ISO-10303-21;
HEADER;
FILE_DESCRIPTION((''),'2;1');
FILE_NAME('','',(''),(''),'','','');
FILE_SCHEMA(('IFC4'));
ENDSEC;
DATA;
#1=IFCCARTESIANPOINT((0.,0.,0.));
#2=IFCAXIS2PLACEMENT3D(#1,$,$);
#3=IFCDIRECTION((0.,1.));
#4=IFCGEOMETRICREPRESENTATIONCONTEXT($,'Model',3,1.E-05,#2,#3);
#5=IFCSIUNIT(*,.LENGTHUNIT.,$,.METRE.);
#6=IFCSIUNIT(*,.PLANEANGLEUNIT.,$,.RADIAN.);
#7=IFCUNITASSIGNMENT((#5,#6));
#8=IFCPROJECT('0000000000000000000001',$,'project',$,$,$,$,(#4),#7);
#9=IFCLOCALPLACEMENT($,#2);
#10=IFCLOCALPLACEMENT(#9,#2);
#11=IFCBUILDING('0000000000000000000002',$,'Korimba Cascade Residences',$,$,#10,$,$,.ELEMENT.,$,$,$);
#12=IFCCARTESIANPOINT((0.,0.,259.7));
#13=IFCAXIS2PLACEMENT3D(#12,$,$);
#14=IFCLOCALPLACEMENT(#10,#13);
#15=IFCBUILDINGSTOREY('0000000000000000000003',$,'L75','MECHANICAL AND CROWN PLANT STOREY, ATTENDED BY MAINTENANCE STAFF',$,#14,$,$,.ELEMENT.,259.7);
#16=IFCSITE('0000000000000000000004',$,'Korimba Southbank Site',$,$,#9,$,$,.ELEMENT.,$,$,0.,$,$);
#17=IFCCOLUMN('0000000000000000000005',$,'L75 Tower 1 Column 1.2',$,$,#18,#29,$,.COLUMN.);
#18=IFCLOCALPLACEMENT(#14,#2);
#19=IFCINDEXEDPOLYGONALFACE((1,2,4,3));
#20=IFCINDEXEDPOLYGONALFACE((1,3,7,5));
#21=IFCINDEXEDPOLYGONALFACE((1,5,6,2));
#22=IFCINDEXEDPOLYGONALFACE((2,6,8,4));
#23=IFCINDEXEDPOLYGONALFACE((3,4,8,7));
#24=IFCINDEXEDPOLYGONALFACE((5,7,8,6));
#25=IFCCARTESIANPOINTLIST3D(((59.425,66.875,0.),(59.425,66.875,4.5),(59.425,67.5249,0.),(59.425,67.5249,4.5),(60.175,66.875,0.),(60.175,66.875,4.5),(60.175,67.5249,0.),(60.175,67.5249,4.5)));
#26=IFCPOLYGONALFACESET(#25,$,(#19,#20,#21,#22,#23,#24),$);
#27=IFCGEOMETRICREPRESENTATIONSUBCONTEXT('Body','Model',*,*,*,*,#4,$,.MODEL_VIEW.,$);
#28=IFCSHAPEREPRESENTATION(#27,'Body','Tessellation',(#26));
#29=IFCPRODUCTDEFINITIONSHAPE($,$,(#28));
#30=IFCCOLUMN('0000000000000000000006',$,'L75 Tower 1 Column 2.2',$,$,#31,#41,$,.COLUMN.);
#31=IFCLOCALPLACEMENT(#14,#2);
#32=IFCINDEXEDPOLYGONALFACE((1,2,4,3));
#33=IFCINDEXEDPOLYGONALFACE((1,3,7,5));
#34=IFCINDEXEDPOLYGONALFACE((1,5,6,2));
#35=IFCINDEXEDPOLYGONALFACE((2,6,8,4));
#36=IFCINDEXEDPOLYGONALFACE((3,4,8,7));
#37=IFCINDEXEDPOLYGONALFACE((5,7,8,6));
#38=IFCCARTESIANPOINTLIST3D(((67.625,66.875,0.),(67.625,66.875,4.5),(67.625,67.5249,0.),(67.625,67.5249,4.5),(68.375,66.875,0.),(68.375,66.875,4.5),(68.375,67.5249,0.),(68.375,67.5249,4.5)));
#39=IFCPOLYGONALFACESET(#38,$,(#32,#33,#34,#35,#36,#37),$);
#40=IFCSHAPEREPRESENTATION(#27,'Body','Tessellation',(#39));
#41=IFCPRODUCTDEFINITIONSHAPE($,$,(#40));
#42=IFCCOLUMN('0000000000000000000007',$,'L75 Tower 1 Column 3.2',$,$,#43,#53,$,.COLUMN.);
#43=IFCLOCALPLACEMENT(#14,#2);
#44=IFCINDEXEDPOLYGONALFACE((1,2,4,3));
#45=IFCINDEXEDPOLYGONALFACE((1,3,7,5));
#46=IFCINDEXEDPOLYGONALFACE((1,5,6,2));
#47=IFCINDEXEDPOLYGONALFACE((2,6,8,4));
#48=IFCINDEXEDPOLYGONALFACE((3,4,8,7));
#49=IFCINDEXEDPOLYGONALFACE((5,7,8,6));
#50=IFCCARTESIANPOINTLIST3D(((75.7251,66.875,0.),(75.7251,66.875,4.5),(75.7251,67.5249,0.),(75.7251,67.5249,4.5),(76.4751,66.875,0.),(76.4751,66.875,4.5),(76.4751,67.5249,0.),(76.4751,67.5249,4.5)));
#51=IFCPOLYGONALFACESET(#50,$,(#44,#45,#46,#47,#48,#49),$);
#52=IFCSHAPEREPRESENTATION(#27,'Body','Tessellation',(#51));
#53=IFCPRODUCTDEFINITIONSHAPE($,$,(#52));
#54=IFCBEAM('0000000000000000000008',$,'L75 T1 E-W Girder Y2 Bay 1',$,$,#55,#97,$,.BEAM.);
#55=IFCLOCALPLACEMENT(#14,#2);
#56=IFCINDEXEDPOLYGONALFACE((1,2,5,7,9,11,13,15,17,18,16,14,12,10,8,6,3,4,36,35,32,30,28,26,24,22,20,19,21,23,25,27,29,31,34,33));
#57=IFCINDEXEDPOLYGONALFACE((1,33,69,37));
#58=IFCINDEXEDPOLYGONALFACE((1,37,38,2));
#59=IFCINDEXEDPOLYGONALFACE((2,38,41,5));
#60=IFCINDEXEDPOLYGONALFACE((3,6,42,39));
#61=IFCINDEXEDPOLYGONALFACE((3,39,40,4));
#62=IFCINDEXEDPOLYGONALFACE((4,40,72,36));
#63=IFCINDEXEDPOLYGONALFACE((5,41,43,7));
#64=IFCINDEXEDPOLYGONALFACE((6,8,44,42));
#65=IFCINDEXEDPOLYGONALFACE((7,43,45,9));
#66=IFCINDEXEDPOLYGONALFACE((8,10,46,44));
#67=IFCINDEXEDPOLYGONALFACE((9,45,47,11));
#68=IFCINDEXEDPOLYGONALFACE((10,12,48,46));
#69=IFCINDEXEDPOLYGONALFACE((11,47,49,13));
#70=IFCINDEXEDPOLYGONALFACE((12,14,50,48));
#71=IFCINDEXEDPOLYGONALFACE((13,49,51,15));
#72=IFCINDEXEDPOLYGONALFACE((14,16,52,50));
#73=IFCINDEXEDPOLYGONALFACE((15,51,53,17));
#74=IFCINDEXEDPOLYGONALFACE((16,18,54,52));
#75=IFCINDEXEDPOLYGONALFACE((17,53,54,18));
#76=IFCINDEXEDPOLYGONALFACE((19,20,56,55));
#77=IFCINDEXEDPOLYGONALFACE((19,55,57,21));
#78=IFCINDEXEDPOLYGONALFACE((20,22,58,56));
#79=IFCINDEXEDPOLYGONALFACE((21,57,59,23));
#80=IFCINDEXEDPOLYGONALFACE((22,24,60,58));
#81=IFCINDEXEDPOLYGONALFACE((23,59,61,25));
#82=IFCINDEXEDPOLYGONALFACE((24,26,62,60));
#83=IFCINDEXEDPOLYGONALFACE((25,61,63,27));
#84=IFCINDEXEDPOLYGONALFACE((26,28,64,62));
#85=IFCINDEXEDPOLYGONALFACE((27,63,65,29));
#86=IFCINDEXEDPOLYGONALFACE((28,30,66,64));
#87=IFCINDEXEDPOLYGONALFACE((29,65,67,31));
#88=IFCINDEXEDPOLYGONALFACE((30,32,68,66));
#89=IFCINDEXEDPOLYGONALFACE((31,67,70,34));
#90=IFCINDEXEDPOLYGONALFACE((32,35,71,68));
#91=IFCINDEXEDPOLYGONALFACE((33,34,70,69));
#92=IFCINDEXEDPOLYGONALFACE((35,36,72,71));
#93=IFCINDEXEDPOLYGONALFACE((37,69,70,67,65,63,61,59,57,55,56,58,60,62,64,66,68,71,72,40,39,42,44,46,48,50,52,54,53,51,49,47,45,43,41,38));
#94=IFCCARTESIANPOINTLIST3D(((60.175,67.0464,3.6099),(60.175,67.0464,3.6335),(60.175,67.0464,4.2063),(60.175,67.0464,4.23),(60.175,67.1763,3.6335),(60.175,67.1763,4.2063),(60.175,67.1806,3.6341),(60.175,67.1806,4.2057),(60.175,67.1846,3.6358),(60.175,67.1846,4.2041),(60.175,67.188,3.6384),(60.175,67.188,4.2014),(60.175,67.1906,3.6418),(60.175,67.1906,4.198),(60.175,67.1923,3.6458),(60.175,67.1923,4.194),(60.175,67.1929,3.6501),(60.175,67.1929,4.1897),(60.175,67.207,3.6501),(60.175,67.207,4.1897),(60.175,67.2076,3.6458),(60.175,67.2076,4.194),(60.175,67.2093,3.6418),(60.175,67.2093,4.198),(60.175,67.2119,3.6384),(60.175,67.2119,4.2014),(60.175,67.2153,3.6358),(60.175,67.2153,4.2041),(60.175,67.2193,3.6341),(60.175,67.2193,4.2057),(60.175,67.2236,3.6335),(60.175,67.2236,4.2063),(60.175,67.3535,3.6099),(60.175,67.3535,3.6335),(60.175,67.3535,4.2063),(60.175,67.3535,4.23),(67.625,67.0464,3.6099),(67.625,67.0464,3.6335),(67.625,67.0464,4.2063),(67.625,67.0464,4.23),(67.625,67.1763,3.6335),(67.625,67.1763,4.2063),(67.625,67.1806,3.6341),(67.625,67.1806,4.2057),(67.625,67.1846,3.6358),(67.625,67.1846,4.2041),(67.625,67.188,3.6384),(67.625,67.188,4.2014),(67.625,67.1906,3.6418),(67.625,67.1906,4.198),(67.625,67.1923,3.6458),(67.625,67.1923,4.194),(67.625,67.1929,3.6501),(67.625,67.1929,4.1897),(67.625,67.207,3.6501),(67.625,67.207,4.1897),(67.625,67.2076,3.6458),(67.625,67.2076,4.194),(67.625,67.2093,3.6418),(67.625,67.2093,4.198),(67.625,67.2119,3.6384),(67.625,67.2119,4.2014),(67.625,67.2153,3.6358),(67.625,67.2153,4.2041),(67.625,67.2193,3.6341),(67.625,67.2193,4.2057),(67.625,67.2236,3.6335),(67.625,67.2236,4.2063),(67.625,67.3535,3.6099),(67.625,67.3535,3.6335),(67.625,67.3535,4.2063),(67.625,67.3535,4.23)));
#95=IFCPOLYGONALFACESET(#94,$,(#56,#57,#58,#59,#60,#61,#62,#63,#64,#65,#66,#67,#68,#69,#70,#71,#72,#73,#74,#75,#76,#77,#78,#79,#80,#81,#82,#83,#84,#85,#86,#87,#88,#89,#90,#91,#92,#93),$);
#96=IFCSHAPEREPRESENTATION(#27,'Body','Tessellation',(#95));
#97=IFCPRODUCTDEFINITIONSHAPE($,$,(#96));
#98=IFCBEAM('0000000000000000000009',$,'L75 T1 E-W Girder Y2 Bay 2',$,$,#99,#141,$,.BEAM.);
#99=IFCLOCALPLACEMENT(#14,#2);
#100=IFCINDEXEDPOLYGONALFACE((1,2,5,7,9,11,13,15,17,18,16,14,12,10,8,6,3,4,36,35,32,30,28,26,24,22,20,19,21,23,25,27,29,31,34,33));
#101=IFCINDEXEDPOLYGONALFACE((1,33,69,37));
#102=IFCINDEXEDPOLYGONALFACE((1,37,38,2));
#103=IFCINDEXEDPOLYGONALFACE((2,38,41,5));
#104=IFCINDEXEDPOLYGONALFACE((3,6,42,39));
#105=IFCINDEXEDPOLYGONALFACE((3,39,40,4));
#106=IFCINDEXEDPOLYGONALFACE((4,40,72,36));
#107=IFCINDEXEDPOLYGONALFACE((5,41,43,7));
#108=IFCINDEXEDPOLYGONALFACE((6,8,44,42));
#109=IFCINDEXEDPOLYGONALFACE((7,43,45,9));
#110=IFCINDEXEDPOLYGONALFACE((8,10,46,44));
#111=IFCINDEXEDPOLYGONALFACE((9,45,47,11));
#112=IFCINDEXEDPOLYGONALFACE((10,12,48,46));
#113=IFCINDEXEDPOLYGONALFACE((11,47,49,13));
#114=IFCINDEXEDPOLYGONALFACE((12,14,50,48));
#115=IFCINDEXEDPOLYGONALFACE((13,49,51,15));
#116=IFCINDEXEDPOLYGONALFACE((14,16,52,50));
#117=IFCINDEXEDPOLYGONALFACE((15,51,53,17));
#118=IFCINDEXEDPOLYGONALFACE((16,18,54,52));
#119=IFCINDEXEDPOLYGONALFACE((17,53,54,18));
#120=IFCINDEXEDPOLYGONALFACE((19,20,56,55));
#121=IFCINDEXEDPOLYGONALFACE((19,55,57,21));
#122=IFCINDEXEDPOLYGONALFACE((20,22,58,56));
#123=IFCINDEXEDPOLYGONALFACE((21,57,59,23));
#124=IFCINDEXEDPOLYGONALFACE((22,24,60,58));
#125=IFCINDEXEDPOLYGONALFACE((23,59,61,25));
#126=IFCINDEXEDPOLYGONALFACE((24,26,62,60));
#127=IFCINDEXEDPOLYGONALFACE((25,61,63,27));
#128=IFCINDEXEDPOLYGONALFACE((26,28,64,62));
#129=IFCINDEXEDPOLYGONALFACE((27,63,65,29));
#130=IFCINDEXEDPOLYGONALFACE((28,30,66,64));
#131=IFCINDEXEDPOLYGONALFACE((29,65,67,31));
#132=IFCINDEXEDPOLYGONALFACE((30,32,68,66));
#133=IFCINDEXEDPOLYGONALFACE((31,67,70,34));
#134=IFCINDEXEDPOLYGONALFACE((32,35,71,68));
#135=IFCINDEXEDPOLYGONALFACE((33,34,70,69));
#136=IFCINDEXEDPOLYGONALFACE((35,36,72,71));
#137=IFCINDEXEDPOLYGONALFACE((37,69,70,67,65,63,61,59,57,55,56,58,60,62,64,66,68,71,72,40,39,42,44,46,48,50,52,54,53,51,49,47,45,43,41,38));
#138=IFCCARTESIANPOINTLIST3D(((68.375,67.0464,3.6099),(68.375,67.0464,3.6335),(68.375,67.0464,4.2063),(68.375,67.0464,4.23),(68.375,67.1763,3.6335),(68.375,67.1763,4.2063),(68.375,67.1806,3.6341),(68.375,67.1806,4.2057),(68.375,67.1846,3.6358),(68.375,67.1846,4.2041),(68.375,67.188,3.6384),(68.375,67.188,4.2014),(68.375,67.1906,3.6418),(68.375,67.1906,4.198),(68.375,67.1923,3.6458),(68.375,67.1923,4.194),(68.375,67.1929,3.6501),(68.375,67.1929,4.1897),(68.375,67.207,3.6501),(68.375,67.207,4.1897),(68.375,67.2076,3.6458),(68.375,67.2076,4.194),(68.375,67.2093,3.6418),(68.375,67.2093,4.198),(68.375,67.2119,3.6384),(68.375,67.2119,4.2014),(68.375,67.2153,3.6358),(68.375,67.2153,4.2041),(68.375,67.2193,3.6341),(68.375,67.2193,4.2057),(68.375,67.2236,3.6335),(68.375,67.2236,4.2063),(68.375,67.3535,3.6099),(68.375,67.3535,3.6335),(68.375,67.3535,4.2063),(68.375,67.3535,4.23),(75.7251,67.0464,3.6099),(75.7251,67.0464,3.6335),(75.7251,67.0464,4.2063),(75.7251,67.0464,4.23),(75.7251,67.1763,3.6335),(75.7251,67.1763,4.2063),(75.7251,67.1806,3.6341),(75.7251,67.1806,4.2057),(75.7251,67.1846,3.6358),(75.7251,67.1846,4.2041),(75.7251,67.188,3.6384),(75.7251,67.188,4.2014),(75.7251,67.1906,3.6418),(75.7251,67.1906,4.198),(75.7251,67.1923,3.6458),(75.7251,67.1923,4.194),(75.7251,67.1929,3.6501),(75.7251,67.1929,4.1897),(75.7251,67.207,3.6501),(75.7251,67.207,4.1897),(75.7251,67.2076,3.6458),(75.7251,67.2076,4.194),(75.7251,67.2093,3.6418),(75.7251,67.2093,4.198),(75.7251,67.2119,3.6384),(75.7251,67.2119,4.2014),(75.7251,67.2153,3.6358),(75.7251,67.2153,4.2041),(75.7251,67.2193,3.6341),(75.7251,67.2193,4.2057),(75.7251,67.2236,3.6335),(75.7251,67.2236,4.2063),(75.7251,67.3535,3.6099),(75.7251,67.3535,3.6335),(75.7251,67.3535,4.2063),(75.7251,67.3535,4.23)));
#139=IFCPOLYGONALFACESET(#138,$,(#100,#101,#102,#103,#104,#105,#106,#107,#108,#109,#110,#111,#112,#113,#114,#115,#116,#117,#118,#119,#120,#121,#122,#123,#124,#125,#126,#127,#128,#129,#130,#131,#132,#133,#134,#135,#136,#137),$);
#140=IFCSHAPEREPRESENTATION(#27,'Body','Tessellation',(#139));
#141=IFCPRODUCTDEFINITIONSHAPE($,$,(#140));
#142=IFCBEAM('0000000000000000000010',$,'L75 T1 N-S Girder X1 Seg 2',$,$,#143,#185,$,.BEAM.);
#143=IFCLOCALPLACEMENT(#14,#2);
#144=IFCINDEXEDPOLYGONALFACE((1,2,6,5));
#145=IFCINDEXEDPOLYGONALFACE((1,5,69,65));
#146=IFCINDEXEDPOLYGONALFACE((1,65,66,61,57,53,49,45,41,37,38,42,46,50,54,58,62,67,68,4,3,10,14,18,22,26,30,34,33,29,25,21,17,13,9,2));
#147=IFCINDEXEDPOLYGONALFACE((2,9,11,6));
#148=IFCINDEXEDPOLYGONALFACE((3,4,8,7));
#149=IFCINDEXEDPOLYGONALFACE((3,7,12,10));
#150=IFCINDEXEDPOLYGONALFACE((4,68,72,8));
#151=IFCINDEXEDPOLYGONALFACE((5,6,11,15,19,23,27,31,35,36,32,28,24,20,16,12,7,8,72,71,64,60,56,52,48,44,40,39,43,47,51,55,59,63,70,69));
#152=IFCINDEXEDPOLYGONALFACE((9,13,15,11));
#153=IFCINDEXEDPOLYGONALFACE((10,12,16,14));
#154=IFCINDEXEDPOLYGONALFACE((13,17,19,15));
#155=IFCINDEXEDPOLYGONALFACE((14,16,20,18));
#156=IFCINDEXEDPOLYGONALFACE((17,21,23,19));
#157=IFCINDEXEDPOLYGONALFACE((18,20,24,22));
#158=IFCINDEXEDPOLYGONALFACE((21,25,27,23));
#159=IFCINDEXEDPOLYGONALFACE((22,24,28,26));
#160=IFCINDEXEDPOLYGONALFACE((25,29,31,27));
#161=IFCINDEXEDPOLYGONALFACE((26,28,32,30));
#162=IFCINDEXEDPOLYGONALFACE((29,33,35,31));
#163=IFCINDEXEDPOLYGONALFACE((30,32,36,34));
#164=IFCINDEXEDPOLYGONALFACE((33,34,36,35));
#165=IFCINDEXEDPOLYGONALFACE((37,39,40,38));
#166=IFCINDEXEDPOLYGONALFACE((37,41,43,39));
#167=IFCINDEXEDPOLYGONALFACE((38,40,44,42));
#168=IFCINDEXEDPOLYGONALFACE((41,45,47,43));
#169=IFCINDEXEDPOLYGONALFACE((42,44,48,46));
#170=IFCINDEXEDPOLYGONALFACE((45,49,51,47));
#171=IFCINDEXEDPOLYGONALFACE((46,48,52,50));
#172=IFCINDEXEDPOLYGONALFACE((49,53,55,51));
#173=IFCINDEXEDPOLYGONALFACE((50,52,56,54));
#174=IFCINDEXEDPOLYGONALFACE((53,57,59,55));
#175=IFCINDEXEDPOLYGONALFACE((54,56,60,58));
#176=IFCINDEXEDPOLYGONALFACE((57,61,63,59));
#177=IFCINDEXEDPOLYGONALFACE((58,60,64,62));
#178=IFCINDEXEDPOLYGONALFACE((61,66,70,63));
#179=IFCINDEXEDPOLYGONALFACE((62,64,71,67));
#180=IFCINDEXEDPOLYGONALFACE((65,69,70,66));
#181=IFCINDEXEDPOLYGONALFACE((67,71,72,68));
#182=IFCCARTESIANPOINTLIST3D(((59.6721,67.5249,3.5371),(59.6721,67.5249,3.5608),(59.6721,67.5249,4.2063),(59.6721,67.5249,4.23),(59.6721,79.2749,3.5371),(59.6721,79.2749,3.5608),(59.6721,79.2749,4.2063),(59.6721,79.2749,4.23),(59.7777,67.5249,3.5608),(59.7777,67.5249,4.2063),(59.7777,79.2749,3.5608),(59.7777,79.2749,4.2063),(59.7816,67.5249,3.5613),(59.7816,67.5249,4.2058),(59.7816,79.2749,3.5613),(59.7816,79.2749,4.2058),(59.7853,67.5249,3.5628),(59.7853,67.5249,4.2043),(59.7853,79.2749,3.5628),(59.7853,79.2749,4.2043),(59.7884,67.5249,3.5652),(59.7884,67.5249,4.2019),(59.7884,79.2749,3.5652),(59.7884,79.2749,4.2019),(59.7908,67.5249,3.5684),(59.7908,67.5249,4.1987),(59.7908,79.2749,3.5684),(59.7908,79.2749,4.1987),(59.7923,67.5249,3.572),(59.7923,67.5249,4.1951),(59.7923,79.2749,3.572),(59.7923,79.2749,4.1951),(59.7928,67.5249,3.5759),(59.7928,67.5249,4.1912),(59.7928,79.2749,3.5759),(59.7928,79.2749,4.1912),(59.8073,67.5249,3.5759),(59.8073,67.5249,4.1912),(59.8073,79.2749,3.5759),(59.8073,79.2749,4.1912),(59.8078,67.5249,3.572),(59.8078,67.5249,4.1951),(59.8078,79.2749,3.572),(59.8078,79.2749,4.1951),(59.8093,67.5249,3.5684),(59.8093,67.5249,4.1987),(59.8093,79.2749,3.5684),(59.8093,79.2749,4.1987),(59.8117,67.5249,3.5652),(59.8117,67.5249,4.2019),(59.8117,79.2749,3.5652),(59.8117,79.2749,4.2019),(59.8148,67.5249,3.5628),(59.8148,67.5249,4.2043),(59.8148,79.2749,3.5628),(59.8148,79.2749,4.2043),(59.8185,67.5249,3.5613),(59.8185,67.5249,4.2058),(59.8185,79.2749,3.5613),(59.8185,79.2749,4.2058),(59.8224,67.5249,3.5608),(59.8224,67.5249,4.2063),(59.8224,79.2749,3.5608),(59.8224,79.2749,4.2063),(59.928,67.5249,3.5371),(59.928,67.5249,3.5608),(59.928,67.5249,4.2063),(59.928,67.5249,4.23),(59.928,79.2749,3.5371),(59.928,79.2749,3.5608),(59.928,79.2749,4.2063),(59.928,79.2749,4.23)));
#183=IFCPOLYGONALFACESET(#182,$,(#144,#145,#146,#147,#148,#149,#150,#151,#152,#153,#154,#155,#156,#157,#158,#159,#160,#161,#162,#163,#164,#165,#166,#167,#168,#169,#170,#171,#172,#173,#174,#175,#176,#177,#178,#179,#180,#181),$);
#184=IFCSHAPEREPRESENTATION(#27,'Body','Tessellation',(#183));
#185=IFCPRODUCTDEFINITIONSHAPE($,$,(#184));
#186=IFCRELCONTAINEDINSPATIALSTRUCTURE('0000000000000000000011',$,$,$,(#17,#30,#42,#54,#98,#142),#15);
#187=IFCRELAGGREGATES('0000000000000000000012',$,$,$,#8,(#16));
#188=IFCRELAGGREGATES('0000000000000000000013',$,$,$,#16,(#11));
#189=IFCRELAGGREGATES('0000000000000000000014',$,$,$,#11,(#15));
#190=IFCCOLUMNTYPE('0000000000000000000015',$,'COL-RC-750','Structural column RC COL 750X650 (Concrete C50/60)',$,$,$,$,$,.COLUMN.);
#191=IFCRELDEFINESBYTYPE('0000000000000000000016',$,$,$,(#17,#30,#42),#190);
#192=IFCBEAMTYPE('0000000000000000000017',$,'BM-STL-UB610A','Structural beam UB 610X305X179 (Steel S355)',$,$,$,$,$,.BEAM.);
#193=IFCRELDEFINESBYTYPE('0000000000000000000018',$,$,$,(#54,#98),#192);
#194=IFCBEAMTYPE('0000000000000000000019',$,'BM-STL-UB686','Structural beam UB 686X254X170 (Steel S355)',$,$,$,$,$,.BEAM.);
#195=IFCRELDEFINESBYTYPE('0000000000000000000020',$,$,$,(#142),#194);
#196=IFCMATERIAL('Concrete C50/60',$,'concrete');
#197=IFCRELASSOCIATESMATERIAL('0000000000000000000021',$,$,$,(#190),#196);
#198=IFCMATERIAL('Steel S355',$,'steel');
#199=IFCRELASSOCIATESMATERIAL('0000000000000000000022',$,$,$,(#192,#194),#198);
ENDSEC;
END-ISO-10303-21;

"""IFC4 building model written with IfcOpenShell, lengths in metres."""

from ifc_helpers import new_model, si_unit, direction, frame, origin, origin_2d, place, context, subcontext, project, spatial, rectangle, i_section, extrude, material, material_profile, profile_set, type_object, element, save


model = new_model("IFC4")

# Units and contexts
model_context = context("Model", 3, precision=1e-05, world=origin(), true_north=direction((0.0, 1.0)))
body_context = subcontext(model_context, "Body", "Model", "MODEL_VIEW")
ifc_project = project(units=[si_unit("LENGTHUNIT", "METRE"), si_unit("PLANEANGLEUNIT", "RADIAN")], contexts=[model_context])

# Site, building, storey
site_placement = place(None, origin())
site = spatial("IfcSite", under=ifc_project, at=site_placement, Name="Korimba Southbank Site", CompositionType="ELEMENT", RefElevation=0.0)
building_placement = place(site_placement, origin())
building = spatial("IfcBuilding", under=site, at=building_placement, Name="Korimba Cascade Residences", CompositionType="ELEMENT")
storey_placement = place(building_placement, frame((0.0, 0.0, 259.7)))
storey = spatial("IfcBuildingStorey", under=building, at=storey_placement, Name="L75", Description="MECHANICAL AND CROWN PLANT STOREY, ATTENDED BY MAINTENANCE STAFF", CompositionType="ELEMENT", Elevation=259.7)

# Columns
ifc_material_1 = material(Name="Concrete C50/60", Category="concrete")
ifc_material_profile_1 = material_profile(ifc_material_1, rectangle(XDim=0.75, YDim=0.6499, at=origin_2d()), Name="Concrete C50/60")
ifc_profile_set_1 = profile_set([ifc_material_profile_1], Name="Concrete C50/60")
column_type = type_object("IfcColumnType", Name="COL-RC-750", Description="Structural column RC COL 750X650 (Concrete C50/60)", PredefinedType="COLUMN", material=ifc_profile_set_1)
for number, where, z_axis, x_axis, name in (
    (1, (59.8, 67.2, 0.0), (0.0, 0.0, 1.0), (1.0, 0.0, 0.0), "L75 Tower 1 Column 1.2"),
    (2, (68.0, 67.2, 0.0), (0.0, 0.0, 1.0), (1.0, 0.0, 0.0), "L75 Tower 1 Column 2.2"),
    (3, (76.1001, 67.2, 0.0), (0.0, 0.0, 1.0), (1.0, 0.0, 0.0), "L75 Tower 1 Column 3.2"),
):
    element("IfcColumn", number, at=place(storey_placement, frame(where, z_axis=z_axis, x_axis=x_axis)), inside=storey, type_object=column_type, Name=name, PredefinedType="COLUMN", context=body_context, shape_type="SweptSolid", body=[
        extrude(rectangle(XDim=0.75, YDim=0.6499, at=origin_2d()), origin(), (0.0, 0.0, 1.0), 4.5),
    ])

# Beams
ifc_material_2 = material(Name="Steel S355", Category="steel")
ifc_material_profile_2 = material_profile(ifc_material_2, i_section(OverallWidth=0.3071, OverallDepth=0.6201, WebThickness=0.0142, FlangeThickness=0.0237, FilletRadius=0.0166, at=origin_2d()), Name="Steel S355")
ifc_profile_set_2 = profile_set([ifc_material_profile_2], Name="Steel S355")
beam_type_1 = type_object("IfcBeamType", Name="BM-STL-UB610A", Description="Structural beam UB 610X305X179 (Steel S355)", PredefinedType="BEAM", material=ifc_profile_set_2)
beam_1_placement = place(storey_placement, frame((60.175, 67.2, 3.9199), z_axis=(1.0, 0.0, 0.0), x_axis=(0.0, 1.0, 0.0)))
element("IfcBeam", 4, at=beam_1_placement, inside=storey, type_object=beam_type_1, Name="L75 T1 E-W Girder Y2 Bay 1", PredefinedType="BEAM", context=body_context, shape_type="SweptSolid", body=[
    extrude(i_section(OverallWidth=0.3071, OverallDepth=0.6201, WebThickness=0.0142, FlangeThickness=0.0237, FilletRadius=0.0166, at=origin_2d()), origin(), (0.0, 0.0, 1.0), 7.45),
])
beam_2_placement = place(storey_placement, frame((68.375, 67.2, 3.9199), z_axis=(1.0, 0.0, 0.0), x_axis=(0.0, 1.0, 0.0)))
element("IfcBeam", 5, at=beam_2_placement, inside=storey, type_object=beam_type_1, Name="L75 T1 E-W Girder Y2 Bay 2", PredefinedType="BEAM", context=body_context, shape_type="SweptSolid", body=[
    extrude(i_section(OverallWidth=0.3071, OverallDepth=0.6201, WebThickness=0.0142, FlangeThickness=0.0237, FilletRadius=0.0166, at=origin_2d()), origin(), (0.0, 0.0, 1.0), 7.3501),
])
ifc_material_profile_3 = material_profile(ifc_material_2, i_section(OverallWidth=0.2559, OverallDepth=0.6929, WebThickness=0.0144, FlangeThickness=0.0237, FilletRadius=0.0151, at=origin_2d()), Name="Steel S355")
ifc_profile_set_3 = profile_set([ifc_material_profile_3], Name="Steel S355")
beam_type_2 = type_object("IfcBeamType", Name="BM-STL-UB686", Description="Structural beam UB 686X254X170 (Steel S355)", PredefinedType="BEAM", material=ifc_profile_set_3)
for number, where, z_axis, x_axis, name in (
    (6, (59.8, 67.5249, 3.8835), (0.0, 1.0, 0.0), (-1.0, 0.0, 0.0), "L75 T1 N-S Girder X1 Seg 2"),
):
    element("IfcBeam", number, at=place(storey_placement, frame(where, z_axis=z_axis, x_axis=x_axis)), inside=storey, type_object=beam_type_2, Name=name, PredefinedType="BEAM", context=body_context, shape_type="SweptSolid", body=[
        extrude(i_section(OverallWidth=0.2559, OverallDepth=0.6929, WebThickness=0.0144, FlangeThickness=0.0237, FilletRadius=0.0151, at=origin_2d()), origin(), (0.0, 0.0, 1.0), 11.75),
    ])

save(model, "model.ifc")
